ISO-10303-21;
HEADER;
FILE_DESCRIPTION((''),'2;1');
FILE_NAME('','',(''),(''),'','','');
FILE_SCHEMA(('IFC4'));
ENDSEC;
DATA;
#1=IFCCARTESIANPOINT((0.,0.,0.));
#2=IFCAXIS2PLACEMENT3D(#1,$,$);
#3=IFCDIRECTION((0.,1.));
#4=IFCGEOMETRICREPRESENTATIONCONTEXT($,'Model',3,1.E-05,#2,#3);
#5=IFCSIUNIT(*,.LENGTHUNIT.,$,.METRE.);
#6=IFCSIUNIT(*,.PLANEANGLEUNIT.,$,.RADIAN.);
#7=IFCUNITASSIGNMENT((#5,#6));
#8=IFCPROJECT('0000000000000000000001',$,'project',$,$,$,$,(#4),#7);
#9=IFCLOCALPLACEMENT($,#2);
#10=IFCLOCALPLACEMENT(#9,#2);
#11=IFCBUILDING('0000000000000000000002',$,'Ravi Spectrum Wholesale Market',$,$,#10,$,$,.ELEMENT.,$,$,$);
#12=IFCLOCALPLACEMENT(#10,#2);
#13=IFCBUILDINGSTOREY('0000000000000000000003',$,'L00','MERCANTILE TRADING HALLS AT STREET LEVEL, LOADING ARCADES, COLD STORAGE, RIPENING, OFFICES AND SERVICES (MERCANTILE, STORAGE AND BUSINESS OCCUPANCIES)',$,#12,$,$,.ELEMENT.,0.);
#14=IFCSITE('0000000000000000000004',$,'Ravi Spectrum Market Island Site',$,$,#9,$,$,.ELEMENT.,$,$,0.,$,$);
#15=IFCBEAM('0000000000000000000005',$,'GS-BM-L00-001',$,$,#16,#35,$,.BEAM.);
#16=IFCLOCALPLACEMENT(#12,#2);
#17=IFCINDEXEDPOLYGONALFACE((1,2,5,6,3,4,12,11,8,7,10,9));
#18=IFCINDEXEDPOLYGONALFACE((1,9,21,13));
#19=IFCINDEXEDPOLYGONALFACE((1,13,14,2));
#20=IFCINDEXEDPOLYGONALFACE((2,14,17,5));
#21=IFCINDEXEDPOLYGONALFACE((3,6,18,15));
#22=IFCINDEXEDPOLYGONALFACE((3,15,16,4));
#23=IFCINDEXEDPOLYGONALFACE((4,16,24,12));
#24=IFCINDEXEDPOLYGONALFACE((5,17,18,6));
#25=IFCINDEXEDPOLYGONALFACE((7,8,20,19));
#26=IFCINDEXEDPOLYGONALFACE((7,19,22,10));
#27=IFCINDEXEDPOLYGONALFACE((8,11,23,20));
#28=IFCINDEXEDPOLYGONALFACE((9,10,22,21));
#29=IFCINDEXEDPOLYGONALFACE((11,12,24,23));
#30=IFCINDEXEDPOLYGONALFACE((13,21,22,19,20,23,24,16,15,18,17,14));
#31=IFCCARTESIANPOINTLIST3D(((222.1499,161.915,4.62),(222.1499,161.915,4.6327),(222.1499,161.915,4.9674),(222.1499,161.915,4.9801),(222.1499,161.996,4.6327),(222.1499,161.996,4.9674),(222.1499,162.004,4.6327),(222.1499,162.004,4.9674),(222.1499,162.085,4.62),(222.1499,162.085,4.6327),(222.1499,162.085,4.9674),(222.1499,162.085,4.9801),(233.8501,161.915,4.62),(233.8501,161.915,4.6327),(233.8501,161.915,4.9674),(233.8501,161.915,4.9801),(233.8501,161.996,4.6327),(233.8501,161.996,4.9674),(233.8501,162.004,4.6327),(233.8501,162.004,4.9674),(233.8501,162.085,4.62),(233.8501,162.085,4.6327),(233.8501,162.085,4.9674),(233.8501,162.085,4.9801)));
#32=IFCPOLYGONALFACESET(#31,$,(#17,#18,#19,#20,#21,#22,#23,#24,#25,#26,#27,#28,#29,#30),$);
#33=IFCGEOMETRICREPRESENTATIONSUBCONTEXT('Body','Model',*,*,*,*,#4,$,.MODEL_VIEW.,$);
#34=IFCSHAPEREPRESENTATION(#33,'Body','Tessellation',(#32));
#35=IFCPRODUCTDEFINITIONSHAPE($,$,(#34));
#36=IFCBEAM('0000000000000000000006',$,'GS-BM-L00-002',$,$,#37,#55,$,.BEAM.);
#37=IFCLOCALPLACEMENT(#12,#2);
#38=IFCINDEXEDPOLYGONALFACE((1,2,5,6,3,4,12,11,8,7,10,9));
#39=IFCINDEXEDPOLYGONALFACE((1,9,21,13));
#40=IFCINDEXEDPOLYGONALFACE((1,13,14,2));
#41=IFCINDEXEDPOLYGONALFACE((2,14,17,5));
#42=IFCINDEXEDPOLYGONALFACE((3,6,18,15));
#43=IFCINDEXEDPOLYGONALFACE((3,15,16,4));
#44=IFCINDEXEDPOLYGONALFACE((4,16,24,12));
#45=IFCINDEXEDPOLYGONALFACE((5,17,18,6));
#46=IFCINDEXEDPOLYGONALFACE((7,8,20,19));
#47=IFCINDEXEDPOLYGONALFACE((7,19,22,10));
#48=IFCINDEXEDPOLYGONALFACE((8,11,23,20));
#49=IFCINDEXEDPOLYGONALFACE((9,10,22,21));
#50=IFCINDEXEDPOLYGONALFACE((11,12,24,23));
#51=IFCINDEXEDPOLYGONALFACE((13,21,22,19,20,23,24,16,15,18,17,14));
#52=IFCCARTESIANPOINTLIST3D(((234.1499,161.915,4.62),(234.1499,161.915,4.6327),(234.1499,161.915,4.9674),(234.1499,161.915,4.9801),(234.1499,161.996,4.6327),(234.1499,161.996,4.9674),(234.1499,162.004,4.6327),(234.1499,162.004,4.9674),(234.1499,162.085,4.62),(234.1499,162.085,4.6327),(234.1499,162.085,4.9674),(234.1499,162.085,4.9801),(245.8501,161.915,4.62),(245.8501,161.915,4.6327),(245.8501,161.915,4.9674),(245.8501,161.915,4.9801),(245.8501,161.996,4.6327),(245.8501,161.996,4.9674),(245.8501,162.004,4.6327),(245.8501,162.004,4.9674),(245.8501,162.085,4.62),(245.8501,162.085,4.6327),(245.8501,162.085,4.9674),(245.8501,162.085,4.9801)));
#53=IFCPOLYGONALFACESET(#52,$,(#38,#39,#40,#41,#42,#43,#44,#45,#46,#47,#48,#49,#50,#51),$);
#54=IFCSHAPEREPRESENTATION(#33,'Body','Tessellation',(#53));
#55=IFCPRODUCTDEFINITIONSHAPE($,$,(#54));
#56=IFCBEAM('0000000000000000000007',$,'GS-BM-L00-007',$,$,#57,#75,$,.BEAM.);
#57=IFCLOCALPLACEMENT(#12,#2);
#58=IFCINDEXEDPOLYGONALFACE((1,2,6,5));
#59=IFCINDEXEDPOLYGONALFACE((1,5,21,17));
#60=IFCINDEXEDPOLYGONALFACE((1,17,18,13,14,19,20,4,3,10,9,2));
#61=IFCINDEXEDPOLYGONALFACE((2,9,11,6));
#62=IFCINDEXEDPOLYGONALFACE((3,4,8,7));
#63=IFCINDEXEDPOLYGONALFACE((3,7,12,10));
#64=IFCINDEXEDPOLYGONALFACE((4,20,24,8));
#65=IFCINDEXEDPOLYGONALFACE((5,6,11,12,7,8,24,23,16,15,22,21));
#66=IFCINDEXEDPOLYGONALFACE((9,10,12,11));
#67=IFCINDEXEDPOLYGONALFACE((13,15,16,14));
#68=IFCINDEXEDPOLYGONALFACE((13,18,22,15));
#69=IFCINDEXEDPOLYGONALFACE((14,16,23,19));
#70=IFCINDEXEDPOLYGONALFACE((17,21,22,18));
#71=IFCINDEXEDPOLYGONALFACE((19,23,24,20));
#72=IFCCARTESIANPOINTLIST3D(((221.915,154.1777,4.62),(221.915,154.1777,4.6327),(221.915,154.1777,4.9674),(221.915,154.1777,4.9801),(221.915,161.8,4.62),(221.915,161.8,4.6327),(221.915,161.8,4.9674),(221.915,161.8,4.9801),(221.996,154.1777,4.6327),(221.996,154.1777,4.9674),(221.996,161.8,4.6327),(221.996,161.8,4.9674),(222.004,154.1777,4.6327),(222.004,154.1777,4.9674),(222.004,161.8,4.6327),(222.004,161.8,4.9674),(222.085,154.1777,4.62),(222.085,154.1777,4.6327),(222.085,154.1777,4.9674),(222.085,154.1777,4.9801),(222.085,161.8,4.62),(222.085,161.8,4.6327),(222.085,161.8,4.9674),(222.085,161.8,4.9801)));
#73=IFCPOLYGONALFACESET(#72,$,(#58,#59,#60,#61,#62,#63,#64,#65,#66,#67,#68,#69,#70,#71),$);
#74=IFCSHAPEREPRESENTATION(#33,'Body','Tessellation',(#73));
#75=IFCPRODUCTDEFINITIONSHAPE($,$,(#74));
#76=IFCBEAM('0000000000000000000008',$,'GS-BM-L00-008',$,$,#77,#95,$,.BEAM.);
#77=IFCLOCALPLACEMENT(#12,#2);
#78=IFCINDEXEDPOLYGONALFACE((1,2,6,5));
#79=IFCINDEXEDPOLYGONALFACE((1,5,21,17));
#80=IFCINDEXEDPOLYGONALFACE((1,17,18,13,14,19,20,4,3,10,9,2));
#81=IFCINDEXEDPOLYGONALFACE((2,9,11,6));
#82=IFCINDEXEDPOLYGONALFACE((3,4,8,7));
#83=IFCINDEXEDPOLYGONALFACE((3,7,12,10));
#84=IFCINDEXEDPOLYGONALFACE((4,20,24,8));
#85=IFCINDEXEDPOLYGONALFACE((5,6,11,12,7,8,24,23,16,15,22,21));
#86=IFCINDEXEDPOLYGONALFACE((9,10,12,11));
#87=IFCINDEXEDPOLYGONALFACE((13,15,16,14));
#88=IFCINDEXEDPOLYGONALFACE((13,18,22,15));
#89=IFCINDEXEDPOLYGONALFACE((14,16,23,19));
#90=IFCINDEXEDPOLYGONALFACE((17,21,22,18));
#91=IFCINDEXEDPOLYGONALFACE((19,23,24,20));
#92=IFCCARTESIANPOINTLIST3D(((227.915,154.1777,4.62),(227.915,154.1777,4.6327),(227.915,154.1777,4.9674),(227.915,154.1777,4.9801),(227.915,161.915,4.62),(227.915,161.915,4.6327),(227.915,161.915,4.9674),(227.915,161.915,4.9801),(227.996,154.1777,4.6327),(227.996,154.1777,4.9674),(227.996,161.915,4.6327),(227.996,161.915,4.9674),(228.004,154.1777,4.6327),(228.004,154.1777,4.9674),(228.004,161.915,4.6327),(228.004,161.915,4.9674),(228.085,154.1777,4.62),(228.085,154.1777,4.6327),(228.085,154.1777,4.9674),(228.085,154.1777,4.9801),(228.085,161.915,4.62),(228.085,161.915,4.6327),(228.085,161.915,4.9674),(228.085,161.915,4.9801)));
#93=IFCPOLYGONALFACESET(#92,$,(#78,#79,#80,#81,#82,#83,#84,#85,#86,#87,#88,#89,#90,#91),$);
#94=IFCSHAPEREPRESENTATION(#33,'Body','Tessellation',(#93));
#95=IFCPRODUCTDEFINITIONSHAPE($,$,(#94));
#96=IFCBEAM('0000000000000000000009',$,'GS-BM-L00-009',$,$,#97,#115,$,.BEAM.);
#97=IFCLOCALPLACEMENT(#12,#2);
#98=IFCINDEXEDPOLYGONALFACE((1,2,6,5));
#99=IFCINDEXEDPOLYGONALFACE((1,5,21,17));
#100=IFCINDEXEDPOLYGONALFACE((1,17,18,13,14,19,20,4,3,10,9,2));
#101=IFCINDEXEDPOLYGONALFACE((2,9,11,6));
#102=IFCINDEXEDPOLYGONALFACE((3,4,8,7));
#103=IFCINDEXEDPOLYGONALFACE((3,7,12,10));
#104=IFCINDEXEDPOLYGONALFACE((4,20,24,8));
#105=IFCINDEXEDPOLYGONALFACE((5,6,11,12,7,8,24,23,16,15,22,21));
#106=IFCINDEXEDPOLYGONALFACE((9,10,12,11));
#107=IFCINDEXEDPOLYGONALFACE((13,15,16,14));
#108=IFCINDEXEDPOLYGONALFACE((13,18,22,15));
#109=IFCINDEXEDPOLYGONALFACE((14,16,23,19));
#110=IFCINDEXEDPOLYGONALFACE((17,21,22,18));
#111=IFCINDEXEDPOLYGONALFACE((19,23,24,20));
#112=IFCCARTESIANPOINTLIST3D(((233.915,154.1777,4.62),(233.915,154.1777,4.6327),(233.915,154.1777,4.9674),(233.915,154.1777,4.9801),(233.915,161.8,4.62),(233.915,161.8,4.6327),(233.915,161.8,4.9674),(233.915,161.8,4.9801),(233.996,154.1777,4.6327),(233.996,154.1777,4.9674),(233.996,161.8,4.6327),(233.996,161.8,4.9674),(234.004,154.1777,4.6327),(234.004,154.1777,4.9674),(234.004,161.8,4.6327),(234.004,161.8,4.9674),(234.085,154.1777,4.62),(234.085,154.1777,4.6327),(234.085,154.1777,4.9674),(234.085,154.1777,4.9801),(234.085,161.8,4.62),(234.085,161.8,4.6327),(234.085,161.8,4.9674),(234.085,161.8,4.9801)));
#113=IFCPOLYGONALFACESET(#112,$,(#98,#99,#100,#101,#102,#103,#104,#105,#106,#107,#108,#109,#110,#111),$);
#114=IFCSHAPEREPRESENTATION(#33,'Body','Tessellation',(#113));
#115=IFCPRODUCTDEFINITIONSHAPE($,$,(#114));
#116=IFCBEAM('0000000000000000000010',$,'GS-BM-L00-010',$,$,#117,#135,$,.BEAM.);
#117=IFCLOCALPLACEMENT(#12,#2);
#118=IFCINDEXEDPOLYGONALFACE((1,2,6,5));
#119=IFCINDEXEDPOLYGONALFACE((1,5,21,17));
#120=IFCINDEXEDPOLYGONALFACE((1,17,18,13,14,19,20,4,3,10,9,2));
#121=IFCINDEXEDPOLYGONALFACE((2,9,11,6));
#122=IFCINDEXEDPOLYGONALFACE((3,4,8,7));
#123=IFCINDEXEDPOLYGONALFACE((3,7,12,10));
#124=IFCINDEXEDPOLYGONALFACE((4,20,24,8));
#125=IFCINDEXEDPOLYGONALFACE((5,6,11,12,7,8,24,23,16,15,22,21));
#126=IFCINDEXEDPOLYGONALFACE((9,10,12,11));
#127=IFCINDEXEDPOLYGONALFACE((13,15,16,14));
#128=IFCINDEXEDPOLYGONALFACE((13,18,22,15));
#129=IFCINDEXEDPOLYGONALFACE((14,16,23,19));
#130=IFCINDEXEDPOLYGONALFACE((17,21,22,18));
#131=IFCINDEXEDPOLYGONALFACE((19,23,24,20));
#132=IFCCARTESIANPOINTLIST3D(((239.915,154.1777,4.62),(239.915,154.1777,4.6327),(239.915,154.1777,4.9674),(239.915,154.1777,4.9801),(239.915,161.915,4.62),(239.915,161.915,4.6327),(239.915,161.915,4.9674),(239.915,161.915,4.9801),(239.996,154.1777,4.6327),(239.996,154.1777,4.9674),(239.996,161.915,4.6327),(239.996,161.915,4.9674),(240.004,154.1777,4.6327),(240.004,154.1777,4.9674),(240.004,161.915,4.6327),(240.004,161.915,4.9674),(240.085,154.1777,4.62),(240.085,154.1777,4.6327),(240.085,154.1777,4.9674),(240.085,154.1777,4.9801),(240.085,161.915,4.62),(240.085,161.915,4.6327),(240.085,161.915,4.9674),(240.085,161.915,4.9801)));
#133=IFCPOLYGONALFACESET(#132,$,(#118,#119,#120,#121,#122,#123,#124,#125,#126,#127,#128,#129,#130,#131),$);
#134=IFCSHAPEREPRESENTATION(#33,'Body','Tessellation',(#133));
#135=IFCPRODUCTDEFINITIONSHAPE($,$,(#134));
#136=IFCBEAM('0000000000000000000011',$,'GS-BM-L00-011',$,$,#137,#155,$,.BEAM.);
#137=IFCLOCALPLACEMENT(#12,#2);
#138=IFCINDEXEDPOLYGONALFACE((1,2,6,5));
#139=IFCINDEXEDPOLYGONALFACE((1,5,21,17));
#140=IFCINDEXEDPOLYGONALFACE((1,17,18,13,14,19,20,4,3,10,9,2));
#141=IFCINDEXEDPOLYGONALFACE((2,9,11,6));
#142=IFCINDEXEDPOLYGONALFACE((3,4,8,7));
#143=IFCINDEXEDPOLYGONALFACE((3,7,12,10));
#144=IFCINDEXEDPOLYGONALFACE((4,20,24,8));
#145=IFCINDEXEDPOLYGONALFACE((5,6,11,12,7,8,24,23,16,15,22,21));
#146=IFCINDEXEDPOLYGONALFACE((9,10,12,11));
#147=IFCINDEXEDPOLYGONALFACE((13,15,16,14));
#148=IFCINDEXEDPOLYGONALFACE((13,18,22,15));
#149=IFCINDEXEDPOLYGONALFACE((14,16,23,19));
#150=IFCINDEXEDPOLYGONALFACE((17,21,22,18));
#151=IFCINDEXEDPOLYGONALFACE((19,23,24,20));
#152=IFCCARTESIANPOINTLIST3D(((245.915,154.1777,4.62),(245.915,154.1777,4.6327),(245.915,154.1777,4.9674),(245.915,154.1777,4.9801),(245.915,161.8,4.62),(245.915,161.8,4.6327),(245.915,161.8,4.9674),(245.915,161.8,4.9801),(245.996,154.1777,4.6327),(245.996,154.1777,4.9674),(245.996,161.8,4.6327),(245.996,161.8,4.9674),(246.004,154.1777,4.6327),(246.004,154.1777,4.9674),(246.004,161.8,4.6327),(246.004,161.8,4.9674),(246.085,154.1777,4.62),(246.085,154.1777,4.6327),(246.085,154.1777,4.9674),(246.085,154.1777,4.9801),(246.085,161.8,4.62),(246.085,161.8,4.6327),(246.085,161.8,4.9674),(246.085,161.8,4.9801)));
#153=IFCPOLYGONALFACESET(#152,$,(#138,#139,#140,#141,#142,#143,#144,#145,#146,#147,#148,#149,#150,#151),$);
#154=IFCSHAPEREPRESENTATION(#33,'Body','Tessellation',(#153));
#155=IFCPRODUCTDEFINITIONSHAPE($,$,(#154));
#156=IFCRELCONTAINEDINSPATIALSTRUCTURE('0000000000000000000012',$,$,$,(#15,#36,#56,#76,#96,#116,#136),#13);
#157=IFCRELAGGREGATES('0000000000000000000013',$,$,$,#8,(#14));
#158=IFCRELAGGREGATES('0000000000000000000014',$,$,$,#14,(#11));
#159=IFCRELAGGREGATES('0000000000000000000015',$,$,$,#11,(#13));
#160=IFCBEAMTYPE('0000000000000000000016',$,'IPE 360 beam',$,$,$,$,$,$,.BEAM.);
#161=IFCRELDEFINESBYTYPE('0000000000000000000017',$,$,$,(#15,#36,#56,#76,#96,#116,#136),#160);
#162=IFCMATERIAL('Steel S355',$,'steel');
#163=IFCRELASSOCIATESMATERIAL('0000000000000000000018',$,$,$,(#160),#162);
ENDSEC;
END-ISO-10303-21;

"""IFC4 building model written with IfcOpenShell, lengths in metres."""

from ifc_helpers import new_model, si_unit, direction, frame, origin, origin_2d, place, context, subcontext, project, spatial, i_section, extrude, material, material_profile, profile_set, type_object, element, save


model = new_model("IFC4")

# Units and contexts
model_context = context("Model", 3, precision=1e-05, world=origin(), true_north=direction((0.0, 1.0)))
body_context = subcontext(model_context, "Body", "Model", "MODEL_VIEW")
ifc_project = project(units=[si_unit("LENGTHUNIT", "METRE"), si_unit("PLANEANGLEUNIT", "RADIAN")], contexts=[model_context])

# Site, building, storey
site_placement = place(None, origin())
site = spatial("IfcSite", under=ifc_project, at=site_placement, Name="Ravi Spectrum Market Island Site", CompositionType="ELEMENT", RefElevation=0.0)
building_placement = place(site_placement, origin())
building = spatial("IfcBuilding", under=site, at=building_placement, Name="Ravi Spectrum Wholesale Market", CompositionType="ELEMENT")
storey_placement = place(building_placement, origin())
storey = spatial("IfcBuildingStorey", under=building, at=storey_placement, Name="L00", Description="MERCANTILE TRADING HALLS AT STREET LEVEL, LOADING ARCADES, COLD STORAGE, RIPENING, OFFICES AND SERVICES (MERCANTILE, STORAGE AND BUSINESS OCCUPANCIES)", CompositionType="ELEMENT", Elevation=0.0)

# Beams
ifc_material_1 = material(Name="Steel S355", Category="steel")
ifc_material_profile_1 = material_profile(ifc_material_1, i_section(OverallWidth=0.1699, OverallDepth=0.3601, WebThickness=0.0081, FlangeThickness=0.0127, at=origin_2d()))
ifc_profile_set_1 = profile_set([ifc_material_profile_1], Name="Steel S355")
beam_type = type_object("IfcBeamType", Name="IPE 360 beam", PredefinedType="BEAM", material=ifc_profile_set_1)
for number, where, z_axis, x_axis, name in (
    (1, (222.1499, 162.0, 4.8), (1.0, 0.0, 0.0), (0.0, 1.0, 0.0), "GS-BM-L00-001"),
    (2, (234.1499, 162.0, 4.8), (1.0, 0.0, 0.0), (0.0, 1.0, 0.0), "GS-BM-L00-002"),
):
    element("IfcBeam", number, at=place(storey_placement, frame(where, z_axis=z_axis, x_axis=x_axis)), inside=storey, type_object=beam_type, Name=name, PredefinedType="BEAM", context=body_context, shape_type="SweptSolid", body=[
        extrude(i_section(OverallWidth=0.1699, OverallDepth=0.3601, WebThickness=0.0081, FlangeThickness=0.0127, at=origin_2d()), origin(), (0.0, 0.0, 1.0), 11.7002),
    ])
beam_1_placement = place(storey_placement, frame((222.0, 161.8, 4.8), z_axis=(0.0, -1.0, 0.0), x_axis=(1.0, 0.0, 0.0)))
element("IfcBeam", 3, at=beam_1_placement, inside=storey, type_object=beam_type, Name="GS-BM-L00-007", PredefinedType="BEAM", context=body_context, shape_type="SweptSolid", body=[
    extrude(i_section(OverallWidth=0.1699, OverallDepth=0.3601, WebThickness=0.0081, FlangeThickness=0.0127, at=origin_2d()), origin(), (0.0, 0.0, 1.0), 7.6223),
])
beam_2_placement = place(storey_placement, frame((228.0, 161.915, 4.8), z_axis=(0.0, -1.0, 0.0), x_axis=(1.0, 0.0, 0.0)))
element("IfcBeam", 4, at=beam_2_placement, inside=storey, type_object=beam_type, Name="GS-BM-L00-008", PredefinedType="BEAM", context=body_context, shape_type="SweptSolid", body=[
    extrude(i_section(OverallWidth=0.1699, OverallDepth=0.3601, WebThickness=0.0081, FlangeThickness=0.0127, at=origin_2d()), origin(), (0.0, 0.0, 1.0), 7.7373),
])
beam_3_placement = place(storey_placement, frame((234.0, 161.8, 4.8), z_axis=(0.0, -1.0, 0.0), x_axis=(1.0, 0.0, 0.0)))
element("IfcBeam", 5, at=beam_3_placement, inside=storey, type_object=beam_type, Name="GS-BM-L00-009", PredefinedType="BEAM", context=body_context, shape_type="SweptSolid", body=[
    extrude(i_section(OverallWidth=0.1699, OverallDepth=0.3601, WebThickness=0.0081, FlangeThickness=0.0127, at=origin_2d()), origin(), (0.0, 0.0, 1.0), 7.6223),
])
beam_4_placement = place(storey_placement, frame((240.0, 161.915, 4.8), z_axis=(0.0, -1.0, 0.0), x_axis=(1.0, 0.0, 0.0)))
element("IfcBeam", 6, at=beam_4_placement, inside=storey, type_object=beam_type, Name="GS-BM-L00-010", PredefinedType="BEAM", context=body_context, shape_type="SweptSolid", body=[
    extrude(i_section(OverallWidth=0.1699, OverallDepth=0.3601, WebThickness=0.0081, FlangeThickness=0.0127, at=origin_2d()), origin(), (0.0, 0.0, 1.0), 7.7373),
])
beam_5_placement = place(storey_placement, frame((246.0, 161.8, 4.8), z_axis=(0.0, -1.0, 0.0), x_axis=(1.0, 0.0, 0.0)))
element("IfcBeam", 7, at=beam_5_placement, inside=storey, type_object=beam_type, Name="GS-BM-L00-011", PredefinedType="BEAM", context=body_context, shape_type="SweptSolid", body=[
    extrude(i_section(OverallWidth=0.1699, OverallDepth=0.3601, WebThickness=0.0081, FlangeThickness=0.0127, at=origin_2d()), origin(), (0.0, 0.0, 1.0), 7.6223),
])

save(model, "model.ifc")
